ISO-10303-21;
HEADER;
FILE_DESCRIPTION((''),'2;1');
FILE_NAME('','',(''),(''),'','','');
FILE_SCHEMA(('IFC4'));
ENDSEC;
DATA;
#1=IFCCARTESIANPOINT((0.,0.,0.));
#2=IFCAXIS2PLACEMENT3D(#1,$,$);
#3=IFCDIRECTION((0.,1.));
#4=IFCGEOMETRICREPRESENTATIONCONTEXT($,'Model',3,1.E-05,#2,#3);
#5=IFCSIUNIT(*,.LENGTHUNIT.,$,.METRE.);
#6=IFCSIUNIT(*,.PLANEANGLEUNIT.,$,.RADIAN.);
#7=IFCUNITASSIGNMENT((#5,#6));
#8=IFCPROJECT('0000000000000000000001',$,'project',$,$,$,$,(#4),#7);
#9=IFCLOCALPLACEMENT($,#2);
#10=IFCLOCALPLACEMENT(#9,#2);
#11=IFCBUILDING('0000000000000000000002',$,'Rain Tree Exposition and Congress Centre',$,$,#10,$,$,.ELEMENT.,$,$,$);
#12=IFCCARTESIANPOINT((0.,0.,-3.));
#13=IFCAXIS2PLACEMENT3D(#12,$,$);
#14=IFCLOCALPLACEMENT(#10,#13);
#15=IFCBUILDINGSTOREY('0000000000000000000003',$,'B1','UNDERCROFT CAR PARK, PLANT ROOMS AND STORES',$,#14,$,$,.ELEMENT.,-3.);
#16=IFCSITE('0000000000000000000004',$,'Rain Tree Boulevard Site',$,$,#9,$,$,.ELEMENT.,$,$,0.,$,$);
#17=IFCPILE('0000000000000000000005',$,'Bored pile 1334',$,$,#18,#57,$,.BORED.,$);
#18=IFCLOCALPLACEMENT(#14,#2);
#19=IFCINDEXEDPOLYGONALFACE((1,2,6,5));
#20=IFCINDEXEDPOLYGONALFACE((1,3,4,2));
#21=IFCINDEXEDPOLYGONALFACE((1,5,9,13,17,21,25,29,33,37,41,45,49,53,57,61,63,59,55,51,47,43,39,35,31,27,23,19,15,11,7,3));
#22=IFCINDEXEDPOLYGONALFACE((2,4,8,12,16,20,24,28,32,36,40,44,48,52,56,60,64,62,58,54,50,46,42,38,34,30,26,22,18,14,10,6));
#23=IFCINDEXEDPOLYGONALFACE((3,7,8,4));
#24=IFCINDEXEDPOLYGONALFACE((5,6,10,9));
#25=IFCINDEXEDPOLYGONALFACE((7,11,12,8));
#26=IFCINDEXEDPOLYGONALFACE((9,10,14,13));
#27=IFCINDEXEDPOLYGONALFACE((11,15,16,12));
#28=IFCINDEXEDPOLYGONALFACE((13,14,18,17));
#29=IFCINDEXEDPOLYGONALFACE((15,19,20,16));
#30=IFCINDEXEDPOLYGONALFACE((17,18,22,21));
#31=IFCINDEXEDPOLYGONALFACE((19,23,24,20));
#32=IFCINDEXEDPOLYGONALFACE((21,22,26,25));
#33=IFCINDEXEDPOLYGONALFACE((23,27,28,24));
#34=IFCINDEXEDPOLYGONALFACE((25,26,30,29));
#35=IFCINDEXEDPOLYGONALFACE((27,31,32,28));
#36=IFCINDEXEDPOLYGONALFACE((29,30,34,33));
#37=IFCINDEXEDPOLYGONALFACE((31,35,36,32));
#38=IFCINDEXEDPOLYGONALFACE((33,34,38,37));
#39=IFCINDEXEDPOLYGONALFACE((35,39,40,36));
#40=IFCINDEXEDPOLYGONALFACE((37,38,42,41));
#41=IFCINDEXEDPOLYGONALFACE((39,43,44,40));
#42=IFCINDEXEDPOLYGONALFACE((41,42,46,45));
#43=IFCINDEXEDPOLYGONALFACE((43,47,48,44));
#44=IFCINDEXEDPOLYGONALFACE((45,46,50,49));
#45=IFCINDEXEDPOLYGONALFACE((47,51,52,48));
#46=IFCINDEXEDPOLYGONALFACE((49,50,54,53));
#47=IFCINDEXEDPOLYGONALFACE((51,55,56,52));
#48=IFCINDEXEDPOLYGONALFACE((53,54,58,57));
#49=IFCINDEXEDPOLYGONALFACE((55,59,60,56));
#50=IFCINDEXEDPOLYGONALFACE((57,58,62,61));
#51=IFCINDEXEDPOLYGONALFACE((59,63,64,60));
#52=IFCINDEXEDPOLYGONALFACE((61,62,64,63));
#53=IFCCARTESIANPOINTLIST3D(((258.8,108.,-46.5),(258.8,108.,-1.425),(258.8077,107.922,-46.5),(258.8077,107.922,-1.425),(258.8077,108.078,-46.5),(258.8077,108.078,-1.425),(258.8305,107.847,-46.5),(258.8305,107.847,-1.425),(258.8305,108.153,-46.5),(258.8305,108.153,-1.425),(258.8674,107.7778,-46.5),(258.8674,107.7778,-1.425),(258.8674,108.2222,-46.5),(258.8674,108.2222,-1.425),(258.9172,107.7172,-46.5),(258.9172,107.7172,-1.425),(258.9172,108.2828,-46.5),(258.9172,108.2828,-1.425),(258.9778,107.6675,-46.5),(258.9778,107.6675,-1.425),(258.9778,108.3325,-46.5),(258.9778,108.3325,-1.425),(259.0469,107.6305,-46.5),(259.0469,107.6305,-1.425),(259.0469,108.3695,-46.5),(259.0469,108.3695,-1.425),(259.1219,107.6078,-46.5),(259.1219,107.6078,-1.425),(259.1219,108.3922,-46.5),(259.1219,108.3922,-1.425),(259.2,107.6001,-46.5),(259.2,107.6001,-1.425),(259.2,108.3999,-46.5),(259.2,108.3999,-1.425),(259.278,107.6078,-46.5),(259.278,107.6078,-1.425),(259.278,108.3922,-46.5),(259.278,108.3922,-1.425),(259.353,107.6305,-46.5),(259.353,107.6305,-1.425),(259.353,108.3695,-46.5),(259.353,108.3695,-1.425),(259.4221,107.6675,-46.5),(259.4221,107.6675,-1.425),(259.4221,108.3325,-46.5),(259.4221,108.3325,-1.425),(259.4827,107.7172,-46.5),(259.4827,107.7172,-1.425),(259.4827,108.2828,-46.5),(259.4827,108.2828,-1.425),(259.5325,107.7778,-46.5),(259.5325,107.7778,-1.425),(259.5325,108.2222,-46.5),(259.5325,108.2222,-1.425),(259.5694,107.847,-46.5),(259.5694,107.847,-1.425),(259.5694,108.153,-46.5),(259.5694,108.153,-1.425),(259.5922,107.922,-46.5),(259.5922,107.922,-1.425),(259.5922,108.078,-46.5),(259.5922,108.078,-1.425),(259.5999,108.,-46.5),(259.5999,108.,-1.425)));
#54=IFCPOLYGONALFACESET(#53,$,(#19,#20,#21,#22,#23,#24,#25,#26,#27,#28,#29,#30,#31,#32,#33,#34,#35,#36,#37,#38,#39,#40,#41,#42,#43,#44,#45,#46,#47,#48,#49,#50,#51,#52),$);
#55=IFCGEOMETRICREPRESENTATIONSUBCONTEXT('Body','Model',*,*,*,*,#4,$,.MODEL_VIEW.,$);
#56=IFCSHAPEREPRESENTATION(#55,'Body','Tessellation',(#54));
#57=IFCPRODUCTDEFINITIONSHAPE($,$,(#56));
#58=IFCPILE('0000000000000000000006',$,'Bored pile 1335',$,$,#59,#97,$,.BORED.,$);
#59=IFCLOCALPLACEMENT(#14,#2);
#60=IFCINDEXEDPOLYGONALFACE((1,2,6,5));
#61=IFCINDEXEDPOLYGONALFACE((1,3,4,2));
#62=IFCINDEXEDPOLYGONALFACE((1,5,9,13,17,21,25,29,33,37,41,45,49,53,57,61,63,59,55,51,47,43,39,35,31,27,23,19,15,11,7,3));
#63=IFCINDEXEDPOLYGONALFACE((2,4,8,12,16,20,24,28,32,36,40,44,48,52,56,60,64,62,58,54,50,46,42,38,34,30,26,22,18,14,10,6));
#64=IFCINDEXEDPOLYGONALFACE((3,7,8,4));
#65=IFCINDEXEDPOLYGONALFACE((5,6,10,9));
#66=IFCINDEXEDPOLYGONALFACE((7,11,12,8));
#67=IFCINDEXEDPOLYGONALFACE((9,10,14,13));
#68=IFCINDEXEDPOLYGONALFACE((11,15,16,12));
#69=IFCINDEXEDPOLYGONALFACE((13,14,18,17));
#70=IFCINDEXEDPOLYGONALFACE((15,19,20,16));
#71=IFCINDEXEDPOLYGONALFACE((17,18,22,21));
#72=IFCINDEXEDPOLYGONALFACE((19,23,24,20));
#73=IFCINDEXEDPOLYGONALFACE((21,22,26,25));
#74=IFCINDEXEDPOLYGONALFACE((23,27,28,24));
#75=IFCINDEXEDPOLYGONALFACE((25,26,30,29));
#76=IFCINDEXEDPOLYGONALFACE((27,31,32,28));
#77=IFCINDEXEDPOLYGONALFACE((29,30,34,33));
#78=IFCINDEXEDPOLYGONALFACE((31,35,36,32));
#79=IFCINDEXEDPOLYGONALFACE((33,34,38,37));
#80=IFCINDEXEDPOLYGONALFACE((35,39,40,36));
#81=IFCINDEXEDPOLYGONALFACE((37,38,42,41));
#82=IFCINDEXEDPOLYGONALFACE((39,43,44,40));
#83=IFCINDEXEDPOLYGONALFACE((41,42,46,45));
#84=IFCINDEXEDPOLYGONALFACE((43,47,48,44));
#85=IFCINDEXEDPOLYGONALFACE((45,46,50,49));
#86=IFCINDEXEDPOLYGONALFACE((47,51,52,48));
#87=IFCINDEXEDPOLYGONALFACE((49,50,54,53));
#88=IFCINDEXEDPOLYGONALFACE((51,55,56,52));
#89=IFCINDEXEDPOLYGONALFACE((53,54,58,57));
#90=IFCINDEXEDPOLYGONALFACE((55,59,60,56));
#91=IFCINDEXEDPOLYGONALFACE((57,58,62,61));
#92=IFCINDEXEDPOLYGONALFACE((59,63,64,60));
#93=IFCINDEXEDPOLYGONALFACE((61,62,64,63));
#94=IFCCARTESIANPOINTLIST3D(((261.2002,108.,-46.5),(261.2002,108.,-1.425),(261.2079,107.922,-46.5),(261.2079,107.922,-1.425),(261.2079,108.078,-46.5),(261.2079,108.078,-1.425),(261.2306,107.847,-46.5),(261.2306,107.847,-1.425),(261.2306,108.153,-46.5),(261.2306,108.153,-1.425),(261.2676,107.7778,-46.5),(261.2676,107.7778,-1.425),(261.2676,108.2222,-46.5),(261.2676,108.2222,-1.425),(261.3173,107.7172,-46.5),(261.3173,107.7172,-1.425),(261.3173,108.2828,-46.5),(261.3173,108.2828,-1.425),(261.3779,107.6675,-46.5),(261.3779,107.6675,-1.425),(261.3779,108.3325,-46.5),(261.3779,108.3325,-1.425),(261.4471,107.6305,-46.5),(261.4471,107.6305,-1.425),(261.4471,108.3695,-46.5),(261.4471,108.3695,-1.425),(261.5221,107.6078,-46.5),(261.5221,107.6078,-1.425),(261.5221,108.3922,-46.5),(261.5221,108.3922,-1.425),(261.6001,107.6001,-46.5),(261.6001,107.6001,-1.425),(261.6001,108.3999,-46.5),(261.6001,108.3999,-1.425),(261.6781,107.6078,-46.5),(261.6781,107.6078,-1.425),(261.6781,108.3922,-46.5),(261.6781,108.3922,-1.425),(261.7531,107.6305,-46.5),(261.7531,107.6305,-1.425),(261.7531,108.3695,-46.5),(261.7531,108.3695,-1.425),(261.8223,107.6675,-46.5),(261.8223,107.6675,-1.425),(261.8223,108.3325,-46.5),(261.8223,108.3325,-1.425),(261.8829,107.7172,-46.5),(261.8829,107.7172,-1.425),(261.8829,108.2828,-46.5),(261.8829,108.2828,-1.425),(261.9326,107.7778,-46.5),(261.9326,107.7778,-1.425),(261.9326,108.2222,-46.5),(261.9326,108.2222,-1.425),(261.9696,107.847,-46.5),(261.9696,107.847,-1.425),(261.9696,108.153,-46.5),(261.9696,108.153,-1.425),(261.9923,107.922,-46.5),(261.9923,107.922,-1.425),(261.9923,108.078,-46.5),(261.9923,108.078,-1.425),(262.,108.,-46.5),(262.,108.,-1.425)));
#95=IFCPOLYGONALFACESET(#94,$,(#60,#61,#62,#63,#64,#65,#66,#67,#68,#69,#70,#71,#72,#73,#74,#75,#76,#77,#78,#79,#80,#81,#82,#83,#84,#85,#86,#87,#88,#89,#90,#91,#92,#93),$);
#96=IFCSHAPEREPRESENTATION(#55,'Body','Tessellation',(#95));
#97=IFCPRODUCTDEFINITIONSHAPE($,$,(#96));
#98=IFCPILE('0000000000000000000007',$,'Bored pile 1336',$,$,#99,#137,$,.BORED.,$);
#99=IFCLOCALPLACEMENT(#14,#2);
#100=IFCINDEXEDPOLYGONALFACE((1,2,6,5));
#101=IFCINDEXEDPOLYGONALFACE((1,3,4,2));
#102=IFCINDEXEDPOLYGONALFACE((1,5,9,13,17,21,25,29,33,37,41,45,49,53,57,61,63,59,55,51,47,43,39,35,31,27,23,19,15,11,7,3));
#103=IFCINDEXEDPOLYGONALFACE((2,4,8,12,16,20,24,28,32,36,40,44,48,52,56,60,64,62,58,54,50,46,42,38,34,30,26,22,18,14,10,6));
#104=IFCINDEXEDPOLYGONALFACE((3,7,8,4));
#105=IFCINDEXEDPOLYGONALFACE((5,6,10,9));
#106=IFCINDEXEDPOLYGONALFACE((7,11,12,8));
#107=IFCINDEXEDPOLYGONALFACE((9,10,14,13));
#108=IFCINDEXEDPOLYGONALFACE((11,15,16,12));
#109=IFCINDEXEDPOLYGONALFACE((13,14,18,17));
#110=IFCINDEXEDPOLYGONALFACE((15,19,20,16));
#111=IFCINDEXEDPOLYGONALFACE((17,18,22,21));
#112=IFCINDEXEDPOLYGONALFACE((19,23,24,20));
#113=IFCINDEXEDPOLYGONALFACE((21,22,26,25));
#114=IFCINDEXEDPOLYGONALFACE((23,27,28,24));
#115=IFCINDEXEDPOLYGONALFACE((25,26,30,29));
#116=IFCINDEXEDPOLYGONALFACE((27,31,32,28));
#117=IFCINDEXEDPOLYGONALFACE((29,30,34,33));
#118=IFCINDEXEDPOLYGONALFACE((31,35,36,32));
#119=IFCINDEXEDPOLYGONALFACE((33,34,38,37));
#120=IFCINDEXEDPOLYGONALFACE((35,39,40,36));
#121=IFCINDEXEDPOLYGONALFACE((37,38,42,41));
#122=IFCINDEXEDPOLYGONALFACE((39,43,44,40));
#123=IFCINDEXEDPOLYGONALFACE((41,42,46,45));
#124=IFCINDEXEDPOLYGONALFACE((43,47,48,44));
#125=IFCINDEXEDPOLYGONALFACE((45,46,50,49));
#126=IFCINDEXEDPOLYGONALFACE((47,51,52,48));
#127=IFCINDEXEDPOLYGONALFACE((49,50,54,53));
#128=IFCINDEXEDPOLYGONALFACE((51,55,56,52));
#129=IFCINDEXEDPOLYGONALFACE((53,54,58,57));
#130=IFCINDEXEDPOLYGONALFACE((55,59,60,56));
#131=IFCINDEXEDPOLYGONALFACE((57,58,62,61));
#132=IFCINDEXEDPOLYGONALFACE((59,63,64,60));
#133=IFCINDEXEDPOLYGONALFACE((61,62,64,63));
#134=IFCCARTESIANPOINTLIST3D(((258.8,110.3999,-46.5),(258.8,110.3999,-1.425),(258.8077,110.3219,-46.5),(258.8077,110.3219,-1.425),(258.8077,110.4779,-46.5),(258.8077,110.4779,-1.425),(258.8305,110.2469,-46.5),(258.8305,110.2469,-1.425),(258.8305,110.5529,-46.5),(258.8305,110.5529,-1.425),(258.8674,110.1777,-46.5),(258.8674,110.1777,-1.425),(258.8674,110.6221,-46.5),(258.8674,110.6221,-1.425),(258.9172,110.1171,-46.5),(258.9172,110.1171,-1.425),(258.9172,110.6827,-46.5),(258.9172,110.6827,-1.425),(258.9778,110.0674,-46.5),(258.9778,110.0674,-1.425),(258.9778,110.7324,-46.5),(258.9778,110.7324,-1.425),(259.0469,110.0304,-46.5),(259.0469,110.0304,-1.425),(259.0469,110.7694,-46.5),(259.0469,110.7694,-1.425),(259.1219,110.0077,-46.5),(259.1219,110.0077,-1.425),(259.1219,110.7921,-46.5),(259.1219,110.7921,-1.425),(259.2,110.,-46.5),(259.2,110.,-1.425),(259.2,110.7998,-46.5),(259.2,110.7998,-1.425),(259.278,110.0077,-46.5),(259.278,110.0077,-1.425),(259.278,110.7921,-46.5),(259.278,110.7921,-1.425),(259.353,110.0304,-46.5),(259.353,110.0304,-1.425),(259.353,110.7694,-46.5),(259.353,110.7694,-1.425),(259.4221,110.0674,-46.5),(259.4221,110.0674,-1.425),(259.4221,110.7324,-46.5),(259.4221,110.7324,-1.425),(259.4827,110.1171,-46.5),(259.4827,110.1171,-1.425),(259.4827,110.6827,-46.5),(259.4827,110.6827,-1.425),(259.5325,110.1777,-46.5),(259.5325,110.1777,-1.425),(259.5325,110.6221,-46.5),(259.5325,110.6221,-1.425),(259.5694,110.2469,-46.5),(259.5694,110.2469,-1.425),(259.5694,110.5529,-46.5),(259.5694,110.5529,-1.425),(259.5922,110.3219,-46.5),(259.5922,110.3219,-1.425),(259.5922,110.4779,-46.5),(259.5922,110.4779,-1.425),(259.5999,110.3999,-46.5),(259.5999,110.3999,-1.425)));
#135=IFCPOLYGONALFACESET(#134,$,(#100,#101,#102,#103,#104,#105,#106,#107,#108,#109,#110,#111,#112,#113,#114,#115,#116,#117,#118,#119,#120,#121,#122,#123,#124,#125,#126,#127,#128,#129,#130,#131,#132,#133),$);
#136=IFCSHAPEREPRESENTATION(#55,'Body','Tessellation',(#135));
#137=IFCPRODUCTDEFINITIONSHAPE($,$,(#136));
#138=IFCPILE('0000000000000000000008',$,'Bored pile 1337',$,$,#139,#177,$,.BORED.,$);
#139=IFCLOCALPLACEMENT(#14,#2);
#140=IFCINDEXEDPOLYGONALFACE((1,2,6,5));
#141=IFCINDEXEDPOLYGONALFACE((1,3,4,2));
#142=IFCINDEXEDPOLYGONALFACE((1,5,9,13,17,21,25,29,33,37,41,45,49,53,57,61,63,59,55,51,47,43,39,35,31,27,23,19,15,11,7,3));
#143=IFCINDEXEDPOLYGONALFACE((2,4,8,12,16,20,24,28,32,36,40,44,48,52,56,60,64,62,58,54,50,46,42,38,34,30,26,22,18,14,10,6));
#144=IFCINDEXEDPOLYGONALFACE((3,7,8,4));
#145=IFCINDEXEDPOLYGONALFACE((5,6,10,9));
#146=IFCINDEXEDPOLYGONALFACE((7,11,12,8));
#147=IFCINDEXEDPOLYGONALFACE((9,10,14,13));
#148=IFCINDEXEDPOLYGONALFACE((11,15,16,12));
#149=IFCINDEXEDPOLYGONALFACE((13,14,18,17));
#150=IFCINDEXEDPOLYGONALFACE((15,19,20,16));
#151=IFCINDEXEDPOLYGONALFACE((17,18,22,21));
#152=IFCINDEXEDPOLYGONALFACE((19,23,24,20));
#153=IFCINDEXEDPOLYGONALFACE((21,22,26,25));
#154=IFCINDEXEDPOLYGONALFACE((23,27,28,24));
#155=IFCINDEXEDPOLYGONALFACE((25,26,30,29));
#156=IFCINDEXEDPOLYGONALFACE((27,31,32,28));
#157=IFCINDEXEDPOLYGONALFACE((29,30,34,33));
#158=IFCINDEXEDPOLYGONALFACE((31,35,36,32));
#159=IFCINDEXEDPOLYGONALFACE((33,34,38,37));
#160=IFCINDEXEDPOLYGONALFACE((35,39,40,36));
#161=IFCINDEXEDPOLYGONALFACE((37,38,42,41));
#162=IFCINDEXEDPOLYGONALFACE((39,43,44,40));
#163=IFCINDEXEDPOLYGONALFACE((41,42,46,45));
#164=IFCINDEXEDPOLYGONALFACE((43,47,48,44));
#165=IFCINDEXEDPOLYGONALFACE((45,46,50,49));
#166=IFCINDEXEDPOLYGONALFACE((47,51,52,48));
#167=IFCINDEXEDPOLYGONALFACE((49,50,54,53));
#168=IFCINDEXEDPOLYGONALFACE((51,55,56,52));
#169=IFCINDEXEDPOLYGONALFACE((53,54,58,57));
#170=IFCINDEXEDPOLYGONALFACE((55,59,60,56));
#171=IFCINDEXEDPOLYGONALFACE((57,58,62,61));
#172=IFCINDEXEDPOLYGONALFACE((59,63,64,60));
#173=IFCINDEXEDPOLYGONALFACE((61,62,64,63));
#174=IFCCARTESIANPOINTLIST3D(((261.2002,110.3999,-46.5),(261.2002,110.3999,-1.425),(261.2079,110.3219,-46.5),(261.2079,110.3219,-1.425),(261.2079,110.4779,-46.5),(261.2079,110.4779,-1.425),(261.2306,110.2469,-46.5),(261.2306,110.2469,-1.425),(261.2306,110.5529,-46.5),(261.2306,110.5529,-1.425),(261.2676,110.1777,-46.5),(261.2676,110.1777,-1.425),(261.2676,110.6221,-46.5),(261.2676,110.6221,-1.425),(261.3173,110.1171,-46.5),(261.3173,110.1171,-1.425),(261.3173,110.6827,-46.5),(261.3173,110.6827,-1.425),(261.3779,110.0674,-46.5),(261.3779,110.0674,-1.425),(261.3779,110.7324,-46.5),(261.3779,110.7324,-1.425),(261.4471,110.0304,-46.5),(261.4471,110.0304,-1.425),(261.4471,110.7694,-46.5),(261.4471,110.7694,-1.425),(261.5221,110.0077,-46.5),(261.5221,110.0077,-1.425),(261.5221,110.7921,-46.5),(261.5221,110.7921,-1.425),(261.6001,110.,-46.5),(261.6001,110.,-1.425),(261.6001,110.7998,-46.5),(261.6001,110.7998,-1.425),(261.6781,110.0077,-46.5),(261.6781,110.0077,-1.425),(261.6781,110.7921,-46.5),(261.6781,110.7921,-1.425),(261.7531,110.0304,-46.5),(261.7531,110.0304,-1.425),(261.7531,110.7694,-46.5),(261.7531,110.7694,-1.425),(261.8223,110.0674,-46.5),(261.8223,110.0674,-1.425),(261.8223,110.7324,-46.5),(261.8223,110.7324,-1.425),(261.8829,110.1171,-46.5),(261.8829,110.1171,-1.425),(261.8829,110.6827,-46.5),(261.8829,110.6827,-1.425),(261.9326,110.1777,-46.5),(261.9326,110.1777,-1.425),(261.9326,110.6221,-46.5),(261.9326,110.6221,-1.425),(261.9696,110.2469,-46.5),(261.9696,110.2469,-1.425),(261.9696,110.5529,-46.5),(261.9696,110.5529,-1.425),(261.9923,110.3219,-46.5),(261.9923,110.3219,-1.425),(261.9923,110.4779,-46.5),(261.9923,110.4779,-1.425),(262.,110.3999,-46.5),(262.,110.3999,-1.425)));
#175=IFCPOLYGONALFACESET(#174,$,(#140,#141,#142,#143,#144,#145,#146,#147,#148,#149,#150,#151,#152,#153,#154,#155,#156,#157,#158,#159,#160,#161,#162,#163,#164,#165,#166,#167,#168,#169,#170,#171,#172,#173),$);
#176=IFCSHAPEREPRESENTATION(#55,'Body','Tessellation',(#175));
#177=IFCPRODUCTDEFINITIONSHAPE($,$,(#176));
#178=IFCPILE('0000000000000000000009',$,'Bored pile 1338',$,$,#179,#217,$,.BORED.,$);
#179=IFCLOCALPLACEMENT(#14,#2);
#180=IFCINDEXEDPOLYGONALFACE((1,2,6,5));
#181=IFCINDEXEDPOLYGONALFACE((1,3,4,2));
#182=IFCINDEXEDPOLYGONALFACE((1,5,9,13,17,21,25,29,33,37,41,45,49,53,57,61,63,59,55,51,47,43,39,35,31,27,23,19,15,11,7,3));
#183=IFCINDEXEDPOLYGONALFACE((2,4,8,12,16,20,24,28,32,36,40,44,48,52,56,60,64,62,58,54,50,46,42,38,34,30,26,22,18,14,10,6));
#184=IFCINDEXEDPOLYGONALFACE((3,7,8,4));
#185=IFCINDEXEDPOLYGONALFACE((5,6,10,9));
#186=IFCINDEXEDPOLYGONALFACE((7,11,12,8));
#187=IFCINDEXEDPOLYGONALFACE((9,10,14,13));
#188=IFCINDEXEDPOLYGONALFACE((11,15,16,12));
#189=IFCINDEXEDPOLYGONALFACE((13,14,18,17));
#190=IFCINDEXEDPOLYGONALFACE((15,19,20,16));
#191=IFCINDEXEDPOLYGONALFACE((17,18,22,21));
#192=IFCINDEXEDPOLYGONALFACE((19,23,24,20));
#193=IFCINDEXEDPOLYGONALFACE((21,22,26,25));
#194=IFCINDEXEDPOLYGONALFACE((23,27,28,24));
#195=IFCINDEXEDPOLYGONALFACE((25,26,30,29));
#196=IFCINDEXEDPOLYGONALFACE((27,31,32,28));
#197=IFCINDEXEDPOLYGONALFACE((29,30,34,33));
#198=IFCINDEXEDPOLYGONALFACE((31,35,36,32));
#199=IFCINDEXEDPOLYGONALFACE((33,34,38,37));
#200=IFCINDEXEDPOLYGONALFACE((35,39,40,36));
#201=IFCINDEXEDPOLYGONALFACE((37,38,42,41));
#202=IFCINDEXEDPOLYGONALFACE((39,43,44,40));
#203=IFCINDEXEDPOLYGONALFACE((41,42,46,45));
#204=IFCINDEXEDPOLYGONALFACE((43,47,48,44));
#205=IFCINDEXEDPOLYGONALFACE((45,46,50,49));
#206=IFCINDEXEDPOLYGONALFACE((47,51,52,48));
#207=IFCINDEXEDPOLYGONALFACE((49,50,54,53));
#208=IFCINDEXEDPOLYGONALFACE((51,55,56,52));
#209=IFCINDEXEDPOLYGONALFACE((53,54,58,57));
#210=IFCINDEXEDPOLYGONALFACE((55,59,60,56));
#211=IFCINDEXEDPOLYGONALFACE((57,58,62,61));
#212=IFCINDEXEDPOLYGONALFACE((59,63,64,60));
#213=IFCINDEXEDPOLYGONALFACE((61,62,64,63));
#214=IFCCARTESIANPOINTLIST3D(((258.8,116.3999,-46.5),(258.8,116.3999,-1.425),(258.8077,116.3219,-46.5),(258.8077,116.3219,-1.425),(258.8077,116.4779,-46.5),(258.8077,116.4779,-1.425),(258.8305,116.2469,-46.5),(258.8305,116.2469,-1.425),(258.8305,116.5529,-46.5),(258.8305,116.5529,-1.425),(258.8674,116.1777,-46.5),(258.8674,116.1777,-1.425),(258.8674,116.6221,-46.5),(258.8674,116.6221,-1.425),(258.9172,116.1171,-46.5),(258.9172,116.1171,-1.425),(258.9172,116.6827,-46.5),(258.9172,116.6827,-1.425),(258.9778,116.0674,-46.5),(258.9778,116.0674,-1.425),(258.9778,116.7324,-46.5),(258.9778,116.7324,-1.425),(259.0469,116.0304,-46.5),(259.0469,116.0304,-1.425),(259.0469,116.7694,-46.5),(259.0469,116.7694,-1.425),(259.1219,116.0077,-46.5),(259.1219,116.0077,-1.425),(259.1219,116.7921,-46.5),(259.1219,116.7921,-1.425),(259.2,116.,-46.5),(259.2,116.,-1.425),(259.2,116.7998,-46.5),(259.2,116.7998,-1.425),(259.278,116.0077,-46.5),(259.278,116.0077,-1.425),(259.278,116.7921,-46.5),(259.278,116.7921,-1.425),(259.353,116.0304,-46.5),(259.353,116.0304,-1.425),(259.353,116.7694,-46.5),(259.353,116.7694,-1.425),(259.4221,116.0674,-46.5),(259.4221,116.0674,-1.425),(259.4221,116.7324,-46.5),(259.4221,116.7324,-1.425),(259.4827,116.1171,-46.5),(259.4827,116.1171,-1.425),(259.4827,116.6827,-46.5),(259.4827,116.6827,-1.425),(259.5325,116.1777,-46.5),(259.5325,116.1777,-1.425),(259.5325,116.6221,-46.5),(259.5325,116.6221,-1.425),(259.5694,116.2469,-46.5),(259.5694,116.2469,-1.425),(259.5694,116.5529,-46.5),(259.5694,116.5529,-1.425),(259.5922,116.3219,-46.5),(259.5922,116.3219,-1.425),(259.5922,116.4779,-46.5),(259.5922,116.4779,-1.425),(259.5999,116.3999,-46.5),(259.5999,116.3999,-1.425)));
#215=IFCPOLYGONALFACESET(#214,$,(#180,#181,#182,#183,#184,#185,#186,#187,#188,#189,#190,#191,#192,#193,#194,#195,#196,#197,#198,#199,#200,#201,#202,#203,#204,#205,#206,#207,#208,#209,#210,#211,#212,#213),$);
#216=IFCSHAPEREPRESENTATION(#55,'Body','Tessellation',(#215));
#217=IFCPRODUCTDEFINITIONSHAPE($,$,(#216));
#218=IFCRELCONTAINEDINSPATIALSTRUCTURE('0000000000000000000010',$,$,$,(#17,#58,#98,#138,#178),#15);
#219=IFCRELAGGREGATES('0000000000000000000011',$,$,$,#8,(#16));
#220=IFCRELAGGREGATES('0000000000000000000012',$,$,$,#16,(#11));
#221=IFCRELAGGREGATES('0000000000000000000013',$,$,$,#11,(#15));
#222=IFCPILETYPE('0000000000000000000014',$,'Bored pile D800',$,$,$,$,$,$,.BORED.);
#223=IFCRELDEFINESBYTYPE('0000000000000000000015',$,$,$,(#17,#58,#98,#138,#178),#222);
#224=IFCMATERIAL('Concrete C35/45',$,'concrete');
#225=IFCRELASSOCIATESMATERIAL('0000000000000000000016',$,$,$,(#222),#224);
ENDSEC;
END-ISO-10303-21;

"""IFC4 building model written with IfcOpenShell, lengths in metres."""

from ifc_helpers import new_model, si_unit, direction, frame, origin, origin_2d, place, context, subcontext, project, spatial, circle, extrude, material, material_profile, profile_set, type_object, element, save


model = new_model("IFC4")

# Units and contexts
model_context = context("Model", 3, precision=1e-05, world=origin(), true_north=direction((0.0, 1.0)))
body_context = subcontext(model_context, "Body", "Model", "MODEL_VIEW")
ifc_project = project(units=[si_unit("LENGTHUNIT", "METRE"), si_unit("PLANEANGLEUNIT", "RADIAN")], contexts=[model_context])

# Site, building, storey
site_placement = place(None, origin())
site = spatial("IfcSite", under=ifc_project, at=site_placement, Name="Rain Tree Boulevard Site", CompositionType="ELEMENT", RefElevation=0.0)
building_placement = place(site_placement, origin())
building = spatial("IfcBuilding", under=site, at=building_placement, Name="Rain Tree Exposition and Congress Centre", CompositionType="ELEMENT")
storey_placement = place(building_placement, frame((0.0, 0.0, -3.0)))
storey = spatial("IfcBuildingStorey", under=building, at=storey_placement, Name="B1", Description="UNDERCROFT CAR PARK, PLANT ROOMS AND STORES", CompositionType="ELEMENT", Elevation=-3.0)

# Piles
ifc_material_1 = material(Name="Concrete C35/45", Category="concrete")
ifc_material_profile_1 = material_profile(ifc_material_1, circle(Radius=0.3999, at=origin_2d()), Name="D800")
ifc_profile_set_1 = profile_set([ifc_material_profile_1], Name="Concrete C35/45")
pile_type_1 = type_object("IfcPileType", Name="Bored pile D800", PredefinedType="BORED", material=ifc_profile_set_1)
for number, where, z_axis, x_axis, name in (
    (1, (259.2, 108.0, -1.425), (0.0, 0.0, -1.0), (1.0, 0.0, 0.0), "Bored pile 1334"),
    (2, (261.6001, 108.0, -1.425), (0.0, 0.0, -1.0), (1.0, 0.0, 0.0), "Bored pile 1335"),
    (3, (259.2, 110.3999, -1.425), (0.0, 0.0, -1.0), (1.0, 0.0, 0.0), "Bored pile 1336"),
    (4, (261.6001, 110.3999, -1.425), (0.0, 0.0, -1.0), (1.0, 0.0, 0.0), "Bored pile 1337"),
    (5, (259.2, 116.3999, -1.425), (0.0, 0.0, -1.0), (1.0, 0.0, 0.0), "Bored pile 1338"),
):
    element("IfcPile", number, at=place(storey_placement, frame(where, z_axis=z_axis, x_axis=x_axis)), inside=storey, type_object=pile_type_1, Name=name, PredefinedType="BORED", context=body_context, shape_type="SweptSolid", body=[
        extrude(circle(Radius=0.3999, at=origin_2d()), origin(), (0.0, 0.0, 1.0), 45.075),
    ])

save(model, "model.ifc")
